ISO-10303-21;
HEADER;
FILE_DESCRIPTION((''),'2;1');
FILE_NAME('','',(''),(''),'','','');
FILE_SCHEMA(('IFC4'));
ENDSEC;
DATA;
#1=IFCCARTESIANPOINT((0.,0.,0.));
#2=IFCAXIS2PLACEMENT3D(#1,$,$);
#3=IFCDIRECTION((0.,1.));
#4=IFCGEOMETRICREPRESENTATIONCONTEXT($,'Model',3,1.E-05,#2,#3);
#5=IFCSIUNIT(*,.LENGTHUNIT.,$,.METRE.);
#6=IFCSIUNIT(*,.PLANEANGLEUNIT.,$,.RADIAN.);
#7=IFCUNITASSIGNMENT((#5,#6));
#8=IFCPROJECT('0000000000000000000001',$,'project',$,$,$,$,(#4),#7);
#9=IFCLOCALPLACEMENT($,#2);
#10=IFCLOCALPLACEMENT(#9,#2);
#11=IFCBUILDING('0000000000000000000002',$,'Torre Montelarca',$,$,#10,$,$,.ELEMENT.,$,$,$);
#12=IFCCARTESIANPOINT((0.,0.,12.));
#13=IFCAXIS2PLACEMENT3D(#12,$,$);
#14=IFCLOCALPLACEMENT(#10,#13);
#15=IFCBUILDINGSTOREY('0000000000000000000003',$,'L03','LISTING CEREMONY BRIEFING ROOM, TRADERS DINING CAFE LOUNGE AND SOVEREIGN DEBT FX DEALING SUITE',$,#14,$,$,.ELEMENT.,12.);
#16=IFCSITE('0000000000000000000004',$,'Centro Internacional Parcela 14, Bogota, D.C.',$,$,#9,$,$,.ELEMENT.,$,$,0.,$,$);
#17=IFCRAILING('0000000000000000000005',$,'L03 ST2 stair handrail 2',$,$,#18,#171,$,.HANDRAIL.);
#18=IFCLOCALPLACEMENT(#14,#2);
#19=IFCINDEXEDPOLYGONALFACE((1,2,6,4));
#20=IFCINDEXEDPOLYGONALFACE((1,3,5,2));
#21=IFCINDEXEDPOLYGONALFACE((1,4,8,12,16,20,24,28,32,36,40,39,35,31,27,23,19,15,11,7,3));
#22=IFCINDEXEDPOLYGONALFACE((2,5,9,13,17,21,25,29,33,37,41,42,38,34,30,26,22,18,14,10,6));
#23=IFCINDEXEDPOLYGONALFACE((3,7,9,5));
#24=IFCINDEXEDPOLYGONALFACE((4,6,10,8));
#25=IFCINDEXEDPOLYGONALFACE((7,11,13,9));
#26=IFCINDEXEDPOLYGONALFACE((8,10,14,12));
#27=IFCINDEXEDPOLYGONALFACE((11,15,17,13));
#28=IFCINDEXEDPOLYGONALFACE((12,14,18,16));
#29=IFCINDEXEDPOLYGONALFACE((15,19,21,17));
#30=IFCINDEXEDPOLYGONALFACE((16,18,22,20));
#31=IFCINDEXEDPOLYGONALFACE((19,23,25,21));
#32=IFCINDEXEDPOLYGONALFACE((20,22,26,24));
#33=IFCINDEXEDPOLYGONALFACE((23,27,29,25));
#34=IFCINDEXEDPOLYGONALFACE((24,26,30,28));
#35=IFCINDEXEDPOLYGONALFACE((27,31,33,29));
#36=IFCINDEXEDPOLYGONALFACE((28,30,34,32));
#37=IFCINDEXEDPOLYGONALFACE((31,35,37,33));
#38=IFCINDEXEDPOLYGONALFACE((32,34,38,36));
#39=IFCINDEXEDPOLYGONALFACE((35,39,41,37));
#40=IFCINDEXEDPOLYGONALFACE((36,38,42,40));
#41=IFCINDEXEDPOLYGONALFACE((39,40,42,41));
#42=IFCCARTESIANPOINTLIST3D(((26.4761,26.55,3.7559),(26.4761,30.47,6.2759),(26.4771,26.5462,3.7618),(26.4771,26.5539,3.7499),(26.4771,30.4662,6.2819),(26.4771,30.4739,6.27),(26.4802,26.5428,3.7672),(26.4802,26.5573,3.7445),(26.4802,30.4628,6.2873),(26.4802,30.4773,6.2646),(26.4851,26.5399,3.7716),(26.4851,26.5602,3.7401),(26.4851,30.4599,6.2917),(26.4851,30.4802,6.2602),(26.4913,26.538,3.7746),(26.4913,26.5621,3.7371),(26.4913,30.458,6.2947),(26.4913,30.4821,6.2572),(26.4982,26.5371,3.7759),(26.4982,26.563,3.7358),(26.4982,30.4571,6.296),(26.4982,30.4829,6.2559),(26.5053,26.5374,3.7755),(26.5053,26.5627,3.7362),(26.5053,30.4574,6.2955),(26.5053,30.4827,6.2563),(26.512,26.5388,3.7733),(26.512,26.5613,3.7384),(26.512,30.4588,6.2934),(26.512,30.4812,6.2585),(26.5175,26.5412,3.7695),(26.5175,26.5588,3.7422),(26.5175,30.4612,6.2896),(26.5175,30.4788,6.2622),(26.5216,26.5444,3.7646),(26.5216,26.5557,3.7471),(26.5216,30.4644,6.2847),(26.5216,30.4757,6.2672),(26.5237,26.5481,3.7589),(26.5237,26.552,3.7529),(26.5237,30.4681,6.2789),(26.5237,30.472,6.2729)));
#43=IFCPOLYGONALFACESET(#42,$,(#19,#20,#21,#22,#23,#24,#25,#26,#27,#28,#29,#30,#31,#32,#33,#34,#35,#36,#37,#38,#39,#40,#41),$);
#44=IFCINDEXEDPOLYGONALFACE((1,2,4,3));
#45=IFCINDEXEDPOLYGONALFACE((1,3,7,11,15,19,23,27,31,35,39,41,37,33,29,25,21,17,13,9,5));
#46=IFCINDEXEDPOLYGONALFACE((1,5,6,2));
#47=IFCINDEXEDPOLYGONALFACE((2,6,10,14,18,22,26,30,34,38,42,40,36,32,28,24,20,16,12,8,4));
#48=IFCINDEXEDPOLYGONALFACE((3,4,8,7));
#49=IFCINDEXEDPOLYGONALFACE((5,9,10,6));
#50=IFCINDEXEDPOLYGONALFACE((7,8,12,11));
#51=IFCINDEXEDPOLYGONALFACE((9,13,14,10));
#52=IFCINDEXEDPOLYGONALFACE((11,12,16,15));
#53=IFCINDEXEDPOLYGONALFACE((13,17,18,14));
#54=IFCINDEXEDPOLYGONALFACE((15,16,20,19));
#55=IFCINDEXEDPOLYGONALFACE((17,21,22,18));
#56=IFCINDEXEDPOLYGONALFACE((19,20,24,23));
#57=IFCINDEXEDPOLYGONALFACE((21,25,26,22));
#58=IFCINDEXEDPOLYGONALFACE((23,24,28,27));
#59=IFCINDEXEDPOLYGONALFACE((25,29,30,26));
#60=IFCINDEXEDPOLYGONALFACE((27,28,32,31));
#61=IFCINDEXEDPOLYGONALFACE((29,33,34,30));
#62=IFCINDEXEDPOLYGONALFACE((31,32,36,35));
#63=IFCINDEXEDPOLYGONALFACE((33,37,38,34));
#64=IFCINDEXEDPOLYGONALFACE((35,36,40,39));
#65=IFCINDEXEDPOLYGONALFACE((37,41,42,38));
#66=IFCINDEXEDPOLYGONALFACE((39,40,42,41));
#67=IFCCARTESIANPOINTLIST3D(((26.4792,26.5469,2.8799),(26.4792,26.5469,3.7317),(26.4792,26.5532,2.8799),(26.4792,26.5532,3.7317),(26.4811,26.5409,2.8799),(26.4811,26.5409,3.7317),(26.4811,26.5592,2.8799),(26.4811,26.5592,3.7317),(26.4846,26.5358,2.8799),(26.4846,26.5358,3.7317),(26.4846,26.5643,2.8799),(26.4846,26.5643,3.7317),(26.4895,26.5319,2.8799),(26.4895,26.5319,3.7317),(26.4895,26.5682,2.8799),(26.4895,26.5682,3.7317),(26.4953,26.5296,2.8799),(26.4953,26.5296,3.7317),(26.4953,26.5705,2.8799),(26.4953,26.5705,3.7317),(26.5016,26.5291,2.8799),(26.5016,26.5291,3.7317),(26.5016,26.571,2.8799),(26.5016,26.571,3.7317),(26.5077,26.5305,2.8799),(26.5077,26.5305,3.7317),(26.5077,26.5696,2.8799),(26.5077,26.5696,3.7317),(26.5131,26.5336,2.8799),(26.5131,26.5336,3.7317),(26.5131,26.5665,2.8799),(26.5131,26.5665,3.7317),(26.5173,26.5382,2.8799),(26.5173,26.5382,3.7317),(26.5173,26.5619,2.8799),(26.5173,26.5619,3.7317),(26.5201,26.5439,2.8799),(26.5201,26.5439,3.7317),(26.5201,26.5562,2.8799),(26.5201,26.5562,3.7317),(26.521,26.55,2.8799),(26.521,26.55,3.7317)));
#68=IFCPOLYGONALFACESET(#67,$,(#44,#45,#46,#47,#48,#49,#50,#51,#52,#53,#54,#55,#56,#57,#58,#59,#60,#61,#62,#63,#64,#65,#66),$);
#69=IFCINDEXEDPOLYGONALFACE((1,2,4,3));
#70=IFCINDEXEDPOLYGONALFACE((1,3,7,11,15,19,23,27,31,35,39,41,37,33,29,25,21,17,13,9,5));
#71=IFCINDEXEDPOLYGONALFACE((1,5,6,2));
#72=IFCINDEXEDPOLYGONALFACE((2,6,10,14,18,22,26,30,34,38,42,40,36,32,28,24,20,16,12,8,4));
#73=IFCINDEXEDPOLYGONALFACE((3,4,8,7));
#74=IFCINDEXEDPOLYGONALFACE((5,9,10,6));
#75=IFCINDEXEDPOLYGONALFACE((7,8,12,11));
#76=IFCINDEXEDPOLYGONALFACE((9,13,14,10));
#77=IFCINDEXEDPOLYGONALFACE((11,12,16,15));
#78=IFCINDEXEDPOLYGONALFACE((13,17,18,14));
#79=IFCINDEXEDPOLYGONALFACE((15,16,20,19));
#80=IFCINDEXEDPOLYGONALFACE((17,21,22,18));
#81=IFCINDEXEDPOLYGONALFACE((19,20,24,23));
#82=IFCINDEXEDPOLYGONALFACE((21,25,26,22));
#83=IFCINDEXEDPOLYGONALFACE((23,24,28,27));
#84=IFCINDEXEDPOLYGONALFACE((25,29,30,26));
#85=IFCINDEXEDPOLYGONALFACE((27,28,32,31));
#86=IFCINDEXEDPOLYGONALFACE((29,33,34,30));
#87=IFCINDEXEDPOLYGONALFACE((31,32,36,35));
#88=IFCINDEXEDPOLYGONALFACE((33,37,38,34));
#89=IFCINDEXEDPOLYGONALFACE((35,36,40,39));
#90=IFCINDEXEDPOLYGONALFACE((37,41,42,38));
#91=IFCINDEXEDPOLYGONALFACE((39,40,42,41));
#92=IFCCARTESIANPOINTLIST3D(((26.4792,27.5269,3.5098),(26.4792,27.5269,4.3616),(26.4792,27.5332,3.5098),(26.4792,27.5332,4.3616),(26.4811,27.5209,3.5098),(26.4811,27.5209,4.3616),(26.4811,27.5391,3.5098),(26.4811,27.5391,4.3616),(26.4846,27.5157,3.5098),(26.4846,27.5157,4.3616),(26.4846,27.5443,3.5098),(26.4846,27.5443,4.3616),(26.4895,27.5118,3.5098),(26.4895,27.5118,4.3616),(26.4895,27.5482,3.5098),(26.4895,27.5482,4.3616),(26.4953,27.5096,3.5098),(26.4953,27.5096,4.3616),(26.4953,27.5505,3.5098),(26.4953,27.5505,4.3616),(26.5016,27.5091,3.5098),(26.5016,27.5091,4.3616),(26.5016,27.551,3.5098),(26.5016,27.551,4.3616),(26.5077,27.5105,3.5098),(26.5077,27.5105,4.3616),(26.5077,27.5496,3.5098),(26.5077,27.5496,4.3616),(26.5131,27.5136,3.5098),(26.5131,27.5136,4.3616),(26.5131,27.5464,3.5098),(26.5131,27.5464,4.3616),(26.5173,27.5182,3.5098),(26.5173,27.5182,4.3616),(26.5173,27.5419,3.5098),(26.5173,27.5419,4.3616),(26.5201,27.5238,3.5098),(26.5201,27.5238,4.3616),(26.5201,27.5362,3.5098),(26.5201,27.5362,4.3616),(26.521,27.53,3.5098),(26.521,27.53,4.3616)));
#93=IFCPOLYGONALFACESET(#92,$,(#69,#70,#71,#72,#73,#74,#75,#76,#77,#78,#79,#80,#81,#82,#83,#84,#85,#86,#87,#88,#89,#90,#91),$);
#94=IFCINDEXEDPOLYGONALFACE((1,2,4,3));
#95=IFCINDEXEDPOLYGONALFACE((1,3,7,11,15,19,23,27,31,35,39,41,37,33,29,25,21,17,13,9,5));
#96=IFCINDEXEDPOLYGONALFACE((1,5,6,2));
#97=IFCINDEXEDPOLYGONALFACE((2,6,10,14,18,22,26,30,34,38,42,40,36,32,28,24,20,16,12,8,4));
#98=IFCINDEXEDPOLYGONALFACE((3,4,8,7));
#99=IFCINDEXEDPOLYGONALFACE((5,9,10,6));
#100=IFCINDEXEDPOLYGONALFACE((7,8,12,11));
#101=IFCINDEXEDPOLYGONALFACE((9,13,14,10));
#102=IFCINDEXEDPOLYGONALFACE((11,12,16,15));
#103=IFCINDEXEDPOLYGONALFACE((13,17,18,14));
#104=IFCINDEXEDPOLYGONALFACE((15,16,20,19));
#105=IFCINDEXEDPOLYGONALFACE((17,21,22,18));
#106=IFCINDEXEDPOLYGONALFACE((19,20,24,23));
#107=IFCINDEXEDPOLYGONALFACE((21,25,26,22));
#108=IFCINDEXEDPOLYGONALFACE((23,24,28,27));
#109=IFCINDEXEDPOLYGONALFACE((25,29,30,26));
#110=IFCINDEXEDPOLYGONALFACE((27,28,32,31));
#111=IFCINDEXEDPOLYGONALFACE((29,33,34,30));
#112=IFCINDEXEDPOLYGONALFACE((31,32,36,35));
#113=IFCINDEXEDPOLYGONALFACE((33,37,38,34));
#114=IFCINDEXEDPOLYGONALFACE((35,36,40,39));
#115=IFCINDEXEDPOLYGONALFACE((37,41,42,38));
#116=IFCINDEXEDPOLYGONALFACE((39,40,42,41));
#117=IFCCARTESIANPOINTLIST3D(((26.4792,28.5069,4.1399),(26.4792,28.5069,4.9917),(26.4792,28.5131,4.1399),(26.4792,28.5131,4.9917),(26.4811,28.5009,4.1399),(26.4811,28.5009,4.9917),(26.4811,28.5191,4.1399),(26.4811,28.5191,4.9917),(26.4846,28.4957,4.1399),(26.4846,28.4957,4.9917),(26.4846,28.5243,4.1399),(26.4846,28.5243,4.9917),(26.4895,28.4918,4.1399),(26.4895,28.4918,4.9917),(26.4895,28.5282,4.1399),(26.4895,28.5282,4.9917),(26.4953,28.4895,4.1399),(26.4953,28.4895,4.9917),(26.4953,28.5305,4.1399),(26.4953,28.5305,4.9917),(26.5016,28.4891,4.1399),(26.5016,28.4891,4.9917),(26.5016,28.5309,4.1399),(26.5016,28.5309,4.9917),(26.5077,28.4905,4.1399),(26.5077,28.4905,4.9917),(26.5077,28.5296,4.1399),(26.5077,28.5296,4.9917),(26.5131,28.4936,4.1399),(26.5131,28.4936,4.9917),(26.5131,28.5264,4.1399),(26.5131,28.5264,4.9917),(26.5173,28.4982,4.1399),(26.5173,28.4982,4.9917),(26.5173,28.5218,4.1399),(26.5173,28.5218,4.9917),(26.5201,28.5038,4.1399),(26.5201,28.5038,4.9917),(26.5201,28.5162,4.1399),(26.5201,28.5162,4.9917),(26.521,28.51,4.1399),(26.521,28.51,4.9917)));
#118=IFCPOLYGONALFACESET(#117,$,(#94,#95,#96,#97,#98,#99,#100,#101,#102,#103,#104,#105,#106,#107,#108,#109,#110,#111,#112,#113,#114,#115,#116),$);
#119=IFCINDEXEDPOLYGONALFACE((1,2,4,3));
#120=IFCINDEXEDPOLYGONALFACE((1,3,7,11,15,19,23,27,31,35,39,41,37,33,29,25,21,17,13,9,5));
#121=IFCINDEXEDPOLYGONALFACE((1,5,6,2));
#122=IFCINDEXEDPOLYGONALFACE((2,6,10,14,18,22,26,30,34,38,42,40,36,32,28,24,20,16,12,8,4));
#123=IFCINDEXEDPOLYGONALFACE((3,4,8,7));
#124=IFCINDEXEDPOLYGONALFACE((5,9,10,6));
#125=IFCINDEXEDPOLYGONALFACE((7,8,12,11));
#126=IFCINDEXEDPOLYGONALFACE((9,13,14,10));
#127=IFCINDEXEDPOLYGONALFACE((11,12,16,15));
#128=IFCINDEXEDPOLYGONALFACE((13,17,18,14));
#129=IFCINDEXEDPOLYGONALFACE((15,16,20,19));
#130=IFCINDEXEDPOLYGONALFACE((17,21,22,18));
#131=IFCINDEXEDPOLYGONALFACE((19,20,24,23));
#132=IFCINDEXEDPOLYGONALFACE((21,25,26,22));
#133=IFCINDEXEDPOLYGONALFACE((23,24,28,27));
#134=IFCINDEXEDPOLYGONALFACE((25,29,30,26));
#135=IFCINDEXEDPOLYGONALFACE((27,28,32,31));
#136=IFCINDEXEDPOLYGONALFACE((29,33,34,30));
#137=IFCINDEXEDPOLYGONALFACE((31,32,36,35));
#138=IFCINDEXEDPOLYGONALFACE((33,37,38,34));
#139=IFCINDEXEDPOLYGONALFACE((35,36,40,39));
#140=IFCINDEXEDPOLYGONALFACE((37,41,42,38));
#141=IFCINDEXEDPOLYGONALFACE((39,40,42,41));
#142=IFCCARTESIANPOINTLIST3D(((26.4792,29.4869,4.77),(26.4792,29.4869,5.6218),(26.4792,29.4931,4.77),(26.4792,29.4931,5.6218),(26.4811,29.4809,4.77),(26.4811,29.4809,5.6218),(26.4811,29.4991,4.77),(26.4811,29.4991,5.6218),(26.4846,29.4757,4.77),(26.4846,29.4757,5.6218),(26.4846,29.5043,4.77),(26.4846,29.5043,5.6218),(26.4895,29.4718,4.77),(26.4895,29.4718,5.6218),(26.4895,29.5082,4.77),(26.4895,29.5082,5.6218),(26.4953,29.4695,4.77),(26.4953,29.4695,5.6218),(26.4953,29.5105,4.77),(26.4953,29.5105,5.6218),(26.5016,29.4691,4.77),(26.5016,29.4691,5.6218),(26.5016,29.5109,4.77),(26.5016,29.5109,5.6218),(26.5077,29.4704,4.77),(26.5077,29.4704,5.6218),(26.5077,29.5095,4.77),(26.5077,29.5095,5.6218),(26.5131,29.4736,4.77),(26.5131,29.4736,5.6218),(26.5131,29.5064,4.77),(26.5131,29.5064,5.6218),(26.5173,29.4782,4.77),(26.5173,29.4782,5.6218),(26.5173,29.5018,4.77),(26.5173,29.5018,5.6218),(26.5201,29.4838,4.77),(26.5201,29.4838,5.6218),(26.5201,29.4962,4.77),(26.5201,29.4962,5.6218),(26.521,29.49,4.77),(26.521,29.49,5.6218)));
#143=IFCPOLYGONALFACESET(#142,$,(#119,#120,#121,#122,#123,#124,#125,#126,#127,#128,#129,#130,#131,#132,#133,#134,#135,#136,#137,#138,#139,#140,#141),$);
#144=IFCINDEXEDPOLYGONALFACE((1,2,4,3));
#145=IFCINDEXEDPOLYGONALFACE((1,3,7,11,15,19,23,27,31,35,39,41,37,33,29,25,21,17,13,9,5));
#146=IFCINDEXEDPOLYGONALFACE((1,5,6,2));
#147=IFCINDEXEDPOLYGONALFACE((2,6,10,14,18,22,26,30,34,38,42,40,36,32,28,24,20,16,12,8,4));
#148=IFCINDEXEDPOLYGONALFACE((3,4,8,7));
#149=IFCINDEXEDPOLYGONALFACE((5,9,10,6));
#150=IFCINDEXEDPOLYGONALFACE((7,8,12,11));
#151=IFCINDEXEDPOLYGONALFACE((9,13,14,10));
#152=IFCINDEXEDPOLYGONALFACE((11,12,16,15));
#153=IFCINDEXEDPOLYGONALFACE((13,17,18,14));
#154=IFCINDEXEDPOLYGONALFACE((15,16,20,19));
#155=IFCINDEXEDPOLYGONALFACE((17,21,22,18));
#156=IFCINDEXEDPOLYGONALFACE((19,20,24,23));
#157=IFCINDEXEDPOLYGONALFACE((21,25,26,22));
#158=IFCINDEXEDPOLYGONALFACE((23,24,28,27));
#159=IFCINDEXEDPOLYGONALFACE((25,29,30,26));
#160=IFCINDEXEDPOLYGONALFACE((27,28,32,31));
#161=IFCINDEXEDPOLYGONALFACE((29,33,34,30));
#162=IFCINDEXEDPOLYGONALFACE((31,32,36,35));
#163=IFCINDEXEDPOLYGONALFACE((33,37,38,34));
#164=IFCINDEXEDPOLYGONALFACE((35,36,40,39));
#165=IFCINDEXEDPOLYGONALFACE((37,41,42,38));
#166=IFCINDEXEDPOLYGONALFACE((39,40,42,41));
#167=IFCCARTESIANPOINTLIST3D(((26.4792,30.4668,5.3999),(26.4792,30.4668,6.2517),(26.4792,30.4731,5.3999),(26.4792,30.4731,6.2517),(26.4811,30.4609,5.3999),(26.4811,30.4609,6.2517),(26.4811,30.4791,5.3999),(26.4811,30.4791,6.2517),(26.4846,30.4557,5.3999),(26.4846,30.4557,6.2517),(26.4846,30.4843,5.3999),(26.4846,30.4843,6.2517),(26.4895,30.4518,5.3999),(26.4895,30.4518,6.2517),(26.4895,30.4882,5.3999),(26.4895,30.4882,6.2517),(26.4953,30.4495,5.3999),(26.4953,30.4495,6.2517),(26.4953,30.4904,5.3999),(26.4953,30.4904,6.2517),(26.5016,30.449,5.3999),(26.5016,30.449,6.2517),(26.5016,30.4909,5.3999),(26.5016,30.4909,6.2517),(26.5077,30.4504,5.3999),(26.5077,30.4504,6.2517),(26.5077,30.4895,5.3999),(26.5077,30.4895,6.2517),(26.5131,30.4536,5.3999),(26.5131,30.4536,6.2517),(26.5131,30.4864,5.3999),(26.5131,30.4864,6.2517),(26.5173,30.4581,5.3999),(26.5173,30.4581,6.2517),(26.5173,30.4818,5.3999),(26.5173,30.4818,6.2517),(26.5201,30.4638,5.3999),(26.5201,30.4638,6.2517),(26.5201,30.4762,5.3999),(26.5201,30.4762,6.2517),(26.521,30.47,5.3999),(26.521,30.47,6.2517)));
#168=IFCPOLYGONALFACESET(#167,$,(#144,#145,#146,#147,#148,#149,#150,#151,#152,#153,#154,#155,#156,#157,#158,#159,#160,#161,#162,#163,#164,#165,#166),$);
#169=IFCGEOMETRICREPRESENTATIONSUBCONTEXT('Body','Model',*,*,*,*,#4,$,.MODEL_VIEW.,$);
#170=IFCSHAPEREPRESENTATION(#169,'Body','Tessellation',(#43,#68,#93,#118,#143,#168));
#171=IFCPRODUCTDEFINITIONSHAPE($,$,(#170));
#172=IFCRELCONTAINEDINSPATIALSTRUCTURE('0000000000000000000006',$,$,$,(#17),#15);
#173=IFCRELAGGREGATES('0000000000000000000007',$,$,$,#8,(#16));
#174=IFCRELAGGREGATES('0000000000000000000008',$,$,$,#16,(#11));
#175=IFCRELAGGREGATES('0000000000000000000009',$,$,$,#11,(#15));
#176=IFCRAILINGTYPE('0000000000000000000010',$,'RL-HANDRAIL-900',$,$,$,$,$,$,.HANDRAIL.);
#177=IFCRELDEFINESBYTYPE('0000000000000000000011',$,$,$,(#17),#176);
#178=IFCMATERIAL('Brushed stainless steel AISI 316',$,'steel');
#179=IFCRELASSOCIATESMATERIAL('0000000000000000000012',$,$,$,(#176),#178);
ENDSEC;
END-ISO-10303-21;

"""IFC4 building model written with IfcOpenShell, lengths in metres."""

from ifc_helpers import new_model, si_unit, direction, frame, origin, origin_2d, place, context, subcontext, project, spatial, circle, extrude, material, type_object, element, save


model = new_model("IFC4")

# Units and contexts
model_context = context("Model", 3, precision=1e-05, world=origin(), true_north=direction((0.0, 1.0)))
body_context = subcontext(model_context, "Body", "Model", "MODEL_VIEW")
ifc_project = project(units=[si_unit("LENGTHUNIT", "METRE"), si_unit("PLANEANGLEUNIT", "RADIAN")], contexts=[model_context])

# Site, building, storey
site_placement = place(None, origin())
site = spatial("IfcSite", under=ifc_project, at=site_placement, Name="Centro Internacional Parcela 14, Bogota, D.C.", CompositionType="ELEMENT", RefElevation=0.0)
building_placement = place(site_placement, origin())
building = spatial("IfcBuilding", under=site, at=building_placement, Name="Torre Montelarca", CompositionType="ELEMENT")
storey_placement = place(building_placement, frame((0.0, 0.0, 12.0)))
storey = spatial("IfcBuildingStorey", under=building, at=storey_placement, Name="L03", Description="LISTING CEREMONY BRIEFING ROOM, TRADERS DINING CAFE LOUNGE AND SOVEREIGN DEBT FX DEALING SUITE", CompositionType="ELEMENT", Elevation=12.0)

# Railing
ifc_material_1 = material(Name="Brushed stainless steel AISI 316", Category="steel")
railing_type_1 = type_object("IfcRailingType", Name="RL-HANDRAIL-900", PredefinedType="HANDRAIL", material=ifc_material_1)
railing_1_placement = place(storey_placement, frame((26.5, 26.55, 2.8799)))
element("IfcRailing", 1, at=railing_1_placement, inside=storey, type_object=railing_type_1, Name="L03 ST2 stair handrail 2", PredefinedType="HANDRAIL", context=body_context, shape_type="SweptSolid", body=[
    extrude(circle(Radius=0.0239, at=origin_2d()), frame((0.0, 0.0, 0.876), z_axis=(0.0, 0.841172, 0.540768), x_axis=(-1.0, 0.0, 0.0)), (0.0, 0.0, 1.0), 4.6602),
    extrude(circle(Radius=0.021, at=origin_2d()), origin(), (0.0, 0.0, 1.0), 0.8518),
    extrude(circle(Radius=0.021, at=origin_2d()), frame((0.0, 0.98, 0.6299)), (0.0, 0.0, 1.0), 0.8518),
    extrude(circle(Radius=0.021, at=origin_2d()), frame((0.0, 1.96, 1.26)), (0.0, 0.0, 1.0), 0.8518),
    extrude(circle(Radius=0.021, at=origin_2d()), frame((0.0, 2.9399, 1.8901)), (0.0, 0.0, 1.0), 0.8518),
    extrude(circle(Radius=0.021, at=origin_2d()), frame((0.0, 3.9199, 2.52)), (0.0, 0.0, 1.0), 0.8518),
])

save(model, "model.ifc")
